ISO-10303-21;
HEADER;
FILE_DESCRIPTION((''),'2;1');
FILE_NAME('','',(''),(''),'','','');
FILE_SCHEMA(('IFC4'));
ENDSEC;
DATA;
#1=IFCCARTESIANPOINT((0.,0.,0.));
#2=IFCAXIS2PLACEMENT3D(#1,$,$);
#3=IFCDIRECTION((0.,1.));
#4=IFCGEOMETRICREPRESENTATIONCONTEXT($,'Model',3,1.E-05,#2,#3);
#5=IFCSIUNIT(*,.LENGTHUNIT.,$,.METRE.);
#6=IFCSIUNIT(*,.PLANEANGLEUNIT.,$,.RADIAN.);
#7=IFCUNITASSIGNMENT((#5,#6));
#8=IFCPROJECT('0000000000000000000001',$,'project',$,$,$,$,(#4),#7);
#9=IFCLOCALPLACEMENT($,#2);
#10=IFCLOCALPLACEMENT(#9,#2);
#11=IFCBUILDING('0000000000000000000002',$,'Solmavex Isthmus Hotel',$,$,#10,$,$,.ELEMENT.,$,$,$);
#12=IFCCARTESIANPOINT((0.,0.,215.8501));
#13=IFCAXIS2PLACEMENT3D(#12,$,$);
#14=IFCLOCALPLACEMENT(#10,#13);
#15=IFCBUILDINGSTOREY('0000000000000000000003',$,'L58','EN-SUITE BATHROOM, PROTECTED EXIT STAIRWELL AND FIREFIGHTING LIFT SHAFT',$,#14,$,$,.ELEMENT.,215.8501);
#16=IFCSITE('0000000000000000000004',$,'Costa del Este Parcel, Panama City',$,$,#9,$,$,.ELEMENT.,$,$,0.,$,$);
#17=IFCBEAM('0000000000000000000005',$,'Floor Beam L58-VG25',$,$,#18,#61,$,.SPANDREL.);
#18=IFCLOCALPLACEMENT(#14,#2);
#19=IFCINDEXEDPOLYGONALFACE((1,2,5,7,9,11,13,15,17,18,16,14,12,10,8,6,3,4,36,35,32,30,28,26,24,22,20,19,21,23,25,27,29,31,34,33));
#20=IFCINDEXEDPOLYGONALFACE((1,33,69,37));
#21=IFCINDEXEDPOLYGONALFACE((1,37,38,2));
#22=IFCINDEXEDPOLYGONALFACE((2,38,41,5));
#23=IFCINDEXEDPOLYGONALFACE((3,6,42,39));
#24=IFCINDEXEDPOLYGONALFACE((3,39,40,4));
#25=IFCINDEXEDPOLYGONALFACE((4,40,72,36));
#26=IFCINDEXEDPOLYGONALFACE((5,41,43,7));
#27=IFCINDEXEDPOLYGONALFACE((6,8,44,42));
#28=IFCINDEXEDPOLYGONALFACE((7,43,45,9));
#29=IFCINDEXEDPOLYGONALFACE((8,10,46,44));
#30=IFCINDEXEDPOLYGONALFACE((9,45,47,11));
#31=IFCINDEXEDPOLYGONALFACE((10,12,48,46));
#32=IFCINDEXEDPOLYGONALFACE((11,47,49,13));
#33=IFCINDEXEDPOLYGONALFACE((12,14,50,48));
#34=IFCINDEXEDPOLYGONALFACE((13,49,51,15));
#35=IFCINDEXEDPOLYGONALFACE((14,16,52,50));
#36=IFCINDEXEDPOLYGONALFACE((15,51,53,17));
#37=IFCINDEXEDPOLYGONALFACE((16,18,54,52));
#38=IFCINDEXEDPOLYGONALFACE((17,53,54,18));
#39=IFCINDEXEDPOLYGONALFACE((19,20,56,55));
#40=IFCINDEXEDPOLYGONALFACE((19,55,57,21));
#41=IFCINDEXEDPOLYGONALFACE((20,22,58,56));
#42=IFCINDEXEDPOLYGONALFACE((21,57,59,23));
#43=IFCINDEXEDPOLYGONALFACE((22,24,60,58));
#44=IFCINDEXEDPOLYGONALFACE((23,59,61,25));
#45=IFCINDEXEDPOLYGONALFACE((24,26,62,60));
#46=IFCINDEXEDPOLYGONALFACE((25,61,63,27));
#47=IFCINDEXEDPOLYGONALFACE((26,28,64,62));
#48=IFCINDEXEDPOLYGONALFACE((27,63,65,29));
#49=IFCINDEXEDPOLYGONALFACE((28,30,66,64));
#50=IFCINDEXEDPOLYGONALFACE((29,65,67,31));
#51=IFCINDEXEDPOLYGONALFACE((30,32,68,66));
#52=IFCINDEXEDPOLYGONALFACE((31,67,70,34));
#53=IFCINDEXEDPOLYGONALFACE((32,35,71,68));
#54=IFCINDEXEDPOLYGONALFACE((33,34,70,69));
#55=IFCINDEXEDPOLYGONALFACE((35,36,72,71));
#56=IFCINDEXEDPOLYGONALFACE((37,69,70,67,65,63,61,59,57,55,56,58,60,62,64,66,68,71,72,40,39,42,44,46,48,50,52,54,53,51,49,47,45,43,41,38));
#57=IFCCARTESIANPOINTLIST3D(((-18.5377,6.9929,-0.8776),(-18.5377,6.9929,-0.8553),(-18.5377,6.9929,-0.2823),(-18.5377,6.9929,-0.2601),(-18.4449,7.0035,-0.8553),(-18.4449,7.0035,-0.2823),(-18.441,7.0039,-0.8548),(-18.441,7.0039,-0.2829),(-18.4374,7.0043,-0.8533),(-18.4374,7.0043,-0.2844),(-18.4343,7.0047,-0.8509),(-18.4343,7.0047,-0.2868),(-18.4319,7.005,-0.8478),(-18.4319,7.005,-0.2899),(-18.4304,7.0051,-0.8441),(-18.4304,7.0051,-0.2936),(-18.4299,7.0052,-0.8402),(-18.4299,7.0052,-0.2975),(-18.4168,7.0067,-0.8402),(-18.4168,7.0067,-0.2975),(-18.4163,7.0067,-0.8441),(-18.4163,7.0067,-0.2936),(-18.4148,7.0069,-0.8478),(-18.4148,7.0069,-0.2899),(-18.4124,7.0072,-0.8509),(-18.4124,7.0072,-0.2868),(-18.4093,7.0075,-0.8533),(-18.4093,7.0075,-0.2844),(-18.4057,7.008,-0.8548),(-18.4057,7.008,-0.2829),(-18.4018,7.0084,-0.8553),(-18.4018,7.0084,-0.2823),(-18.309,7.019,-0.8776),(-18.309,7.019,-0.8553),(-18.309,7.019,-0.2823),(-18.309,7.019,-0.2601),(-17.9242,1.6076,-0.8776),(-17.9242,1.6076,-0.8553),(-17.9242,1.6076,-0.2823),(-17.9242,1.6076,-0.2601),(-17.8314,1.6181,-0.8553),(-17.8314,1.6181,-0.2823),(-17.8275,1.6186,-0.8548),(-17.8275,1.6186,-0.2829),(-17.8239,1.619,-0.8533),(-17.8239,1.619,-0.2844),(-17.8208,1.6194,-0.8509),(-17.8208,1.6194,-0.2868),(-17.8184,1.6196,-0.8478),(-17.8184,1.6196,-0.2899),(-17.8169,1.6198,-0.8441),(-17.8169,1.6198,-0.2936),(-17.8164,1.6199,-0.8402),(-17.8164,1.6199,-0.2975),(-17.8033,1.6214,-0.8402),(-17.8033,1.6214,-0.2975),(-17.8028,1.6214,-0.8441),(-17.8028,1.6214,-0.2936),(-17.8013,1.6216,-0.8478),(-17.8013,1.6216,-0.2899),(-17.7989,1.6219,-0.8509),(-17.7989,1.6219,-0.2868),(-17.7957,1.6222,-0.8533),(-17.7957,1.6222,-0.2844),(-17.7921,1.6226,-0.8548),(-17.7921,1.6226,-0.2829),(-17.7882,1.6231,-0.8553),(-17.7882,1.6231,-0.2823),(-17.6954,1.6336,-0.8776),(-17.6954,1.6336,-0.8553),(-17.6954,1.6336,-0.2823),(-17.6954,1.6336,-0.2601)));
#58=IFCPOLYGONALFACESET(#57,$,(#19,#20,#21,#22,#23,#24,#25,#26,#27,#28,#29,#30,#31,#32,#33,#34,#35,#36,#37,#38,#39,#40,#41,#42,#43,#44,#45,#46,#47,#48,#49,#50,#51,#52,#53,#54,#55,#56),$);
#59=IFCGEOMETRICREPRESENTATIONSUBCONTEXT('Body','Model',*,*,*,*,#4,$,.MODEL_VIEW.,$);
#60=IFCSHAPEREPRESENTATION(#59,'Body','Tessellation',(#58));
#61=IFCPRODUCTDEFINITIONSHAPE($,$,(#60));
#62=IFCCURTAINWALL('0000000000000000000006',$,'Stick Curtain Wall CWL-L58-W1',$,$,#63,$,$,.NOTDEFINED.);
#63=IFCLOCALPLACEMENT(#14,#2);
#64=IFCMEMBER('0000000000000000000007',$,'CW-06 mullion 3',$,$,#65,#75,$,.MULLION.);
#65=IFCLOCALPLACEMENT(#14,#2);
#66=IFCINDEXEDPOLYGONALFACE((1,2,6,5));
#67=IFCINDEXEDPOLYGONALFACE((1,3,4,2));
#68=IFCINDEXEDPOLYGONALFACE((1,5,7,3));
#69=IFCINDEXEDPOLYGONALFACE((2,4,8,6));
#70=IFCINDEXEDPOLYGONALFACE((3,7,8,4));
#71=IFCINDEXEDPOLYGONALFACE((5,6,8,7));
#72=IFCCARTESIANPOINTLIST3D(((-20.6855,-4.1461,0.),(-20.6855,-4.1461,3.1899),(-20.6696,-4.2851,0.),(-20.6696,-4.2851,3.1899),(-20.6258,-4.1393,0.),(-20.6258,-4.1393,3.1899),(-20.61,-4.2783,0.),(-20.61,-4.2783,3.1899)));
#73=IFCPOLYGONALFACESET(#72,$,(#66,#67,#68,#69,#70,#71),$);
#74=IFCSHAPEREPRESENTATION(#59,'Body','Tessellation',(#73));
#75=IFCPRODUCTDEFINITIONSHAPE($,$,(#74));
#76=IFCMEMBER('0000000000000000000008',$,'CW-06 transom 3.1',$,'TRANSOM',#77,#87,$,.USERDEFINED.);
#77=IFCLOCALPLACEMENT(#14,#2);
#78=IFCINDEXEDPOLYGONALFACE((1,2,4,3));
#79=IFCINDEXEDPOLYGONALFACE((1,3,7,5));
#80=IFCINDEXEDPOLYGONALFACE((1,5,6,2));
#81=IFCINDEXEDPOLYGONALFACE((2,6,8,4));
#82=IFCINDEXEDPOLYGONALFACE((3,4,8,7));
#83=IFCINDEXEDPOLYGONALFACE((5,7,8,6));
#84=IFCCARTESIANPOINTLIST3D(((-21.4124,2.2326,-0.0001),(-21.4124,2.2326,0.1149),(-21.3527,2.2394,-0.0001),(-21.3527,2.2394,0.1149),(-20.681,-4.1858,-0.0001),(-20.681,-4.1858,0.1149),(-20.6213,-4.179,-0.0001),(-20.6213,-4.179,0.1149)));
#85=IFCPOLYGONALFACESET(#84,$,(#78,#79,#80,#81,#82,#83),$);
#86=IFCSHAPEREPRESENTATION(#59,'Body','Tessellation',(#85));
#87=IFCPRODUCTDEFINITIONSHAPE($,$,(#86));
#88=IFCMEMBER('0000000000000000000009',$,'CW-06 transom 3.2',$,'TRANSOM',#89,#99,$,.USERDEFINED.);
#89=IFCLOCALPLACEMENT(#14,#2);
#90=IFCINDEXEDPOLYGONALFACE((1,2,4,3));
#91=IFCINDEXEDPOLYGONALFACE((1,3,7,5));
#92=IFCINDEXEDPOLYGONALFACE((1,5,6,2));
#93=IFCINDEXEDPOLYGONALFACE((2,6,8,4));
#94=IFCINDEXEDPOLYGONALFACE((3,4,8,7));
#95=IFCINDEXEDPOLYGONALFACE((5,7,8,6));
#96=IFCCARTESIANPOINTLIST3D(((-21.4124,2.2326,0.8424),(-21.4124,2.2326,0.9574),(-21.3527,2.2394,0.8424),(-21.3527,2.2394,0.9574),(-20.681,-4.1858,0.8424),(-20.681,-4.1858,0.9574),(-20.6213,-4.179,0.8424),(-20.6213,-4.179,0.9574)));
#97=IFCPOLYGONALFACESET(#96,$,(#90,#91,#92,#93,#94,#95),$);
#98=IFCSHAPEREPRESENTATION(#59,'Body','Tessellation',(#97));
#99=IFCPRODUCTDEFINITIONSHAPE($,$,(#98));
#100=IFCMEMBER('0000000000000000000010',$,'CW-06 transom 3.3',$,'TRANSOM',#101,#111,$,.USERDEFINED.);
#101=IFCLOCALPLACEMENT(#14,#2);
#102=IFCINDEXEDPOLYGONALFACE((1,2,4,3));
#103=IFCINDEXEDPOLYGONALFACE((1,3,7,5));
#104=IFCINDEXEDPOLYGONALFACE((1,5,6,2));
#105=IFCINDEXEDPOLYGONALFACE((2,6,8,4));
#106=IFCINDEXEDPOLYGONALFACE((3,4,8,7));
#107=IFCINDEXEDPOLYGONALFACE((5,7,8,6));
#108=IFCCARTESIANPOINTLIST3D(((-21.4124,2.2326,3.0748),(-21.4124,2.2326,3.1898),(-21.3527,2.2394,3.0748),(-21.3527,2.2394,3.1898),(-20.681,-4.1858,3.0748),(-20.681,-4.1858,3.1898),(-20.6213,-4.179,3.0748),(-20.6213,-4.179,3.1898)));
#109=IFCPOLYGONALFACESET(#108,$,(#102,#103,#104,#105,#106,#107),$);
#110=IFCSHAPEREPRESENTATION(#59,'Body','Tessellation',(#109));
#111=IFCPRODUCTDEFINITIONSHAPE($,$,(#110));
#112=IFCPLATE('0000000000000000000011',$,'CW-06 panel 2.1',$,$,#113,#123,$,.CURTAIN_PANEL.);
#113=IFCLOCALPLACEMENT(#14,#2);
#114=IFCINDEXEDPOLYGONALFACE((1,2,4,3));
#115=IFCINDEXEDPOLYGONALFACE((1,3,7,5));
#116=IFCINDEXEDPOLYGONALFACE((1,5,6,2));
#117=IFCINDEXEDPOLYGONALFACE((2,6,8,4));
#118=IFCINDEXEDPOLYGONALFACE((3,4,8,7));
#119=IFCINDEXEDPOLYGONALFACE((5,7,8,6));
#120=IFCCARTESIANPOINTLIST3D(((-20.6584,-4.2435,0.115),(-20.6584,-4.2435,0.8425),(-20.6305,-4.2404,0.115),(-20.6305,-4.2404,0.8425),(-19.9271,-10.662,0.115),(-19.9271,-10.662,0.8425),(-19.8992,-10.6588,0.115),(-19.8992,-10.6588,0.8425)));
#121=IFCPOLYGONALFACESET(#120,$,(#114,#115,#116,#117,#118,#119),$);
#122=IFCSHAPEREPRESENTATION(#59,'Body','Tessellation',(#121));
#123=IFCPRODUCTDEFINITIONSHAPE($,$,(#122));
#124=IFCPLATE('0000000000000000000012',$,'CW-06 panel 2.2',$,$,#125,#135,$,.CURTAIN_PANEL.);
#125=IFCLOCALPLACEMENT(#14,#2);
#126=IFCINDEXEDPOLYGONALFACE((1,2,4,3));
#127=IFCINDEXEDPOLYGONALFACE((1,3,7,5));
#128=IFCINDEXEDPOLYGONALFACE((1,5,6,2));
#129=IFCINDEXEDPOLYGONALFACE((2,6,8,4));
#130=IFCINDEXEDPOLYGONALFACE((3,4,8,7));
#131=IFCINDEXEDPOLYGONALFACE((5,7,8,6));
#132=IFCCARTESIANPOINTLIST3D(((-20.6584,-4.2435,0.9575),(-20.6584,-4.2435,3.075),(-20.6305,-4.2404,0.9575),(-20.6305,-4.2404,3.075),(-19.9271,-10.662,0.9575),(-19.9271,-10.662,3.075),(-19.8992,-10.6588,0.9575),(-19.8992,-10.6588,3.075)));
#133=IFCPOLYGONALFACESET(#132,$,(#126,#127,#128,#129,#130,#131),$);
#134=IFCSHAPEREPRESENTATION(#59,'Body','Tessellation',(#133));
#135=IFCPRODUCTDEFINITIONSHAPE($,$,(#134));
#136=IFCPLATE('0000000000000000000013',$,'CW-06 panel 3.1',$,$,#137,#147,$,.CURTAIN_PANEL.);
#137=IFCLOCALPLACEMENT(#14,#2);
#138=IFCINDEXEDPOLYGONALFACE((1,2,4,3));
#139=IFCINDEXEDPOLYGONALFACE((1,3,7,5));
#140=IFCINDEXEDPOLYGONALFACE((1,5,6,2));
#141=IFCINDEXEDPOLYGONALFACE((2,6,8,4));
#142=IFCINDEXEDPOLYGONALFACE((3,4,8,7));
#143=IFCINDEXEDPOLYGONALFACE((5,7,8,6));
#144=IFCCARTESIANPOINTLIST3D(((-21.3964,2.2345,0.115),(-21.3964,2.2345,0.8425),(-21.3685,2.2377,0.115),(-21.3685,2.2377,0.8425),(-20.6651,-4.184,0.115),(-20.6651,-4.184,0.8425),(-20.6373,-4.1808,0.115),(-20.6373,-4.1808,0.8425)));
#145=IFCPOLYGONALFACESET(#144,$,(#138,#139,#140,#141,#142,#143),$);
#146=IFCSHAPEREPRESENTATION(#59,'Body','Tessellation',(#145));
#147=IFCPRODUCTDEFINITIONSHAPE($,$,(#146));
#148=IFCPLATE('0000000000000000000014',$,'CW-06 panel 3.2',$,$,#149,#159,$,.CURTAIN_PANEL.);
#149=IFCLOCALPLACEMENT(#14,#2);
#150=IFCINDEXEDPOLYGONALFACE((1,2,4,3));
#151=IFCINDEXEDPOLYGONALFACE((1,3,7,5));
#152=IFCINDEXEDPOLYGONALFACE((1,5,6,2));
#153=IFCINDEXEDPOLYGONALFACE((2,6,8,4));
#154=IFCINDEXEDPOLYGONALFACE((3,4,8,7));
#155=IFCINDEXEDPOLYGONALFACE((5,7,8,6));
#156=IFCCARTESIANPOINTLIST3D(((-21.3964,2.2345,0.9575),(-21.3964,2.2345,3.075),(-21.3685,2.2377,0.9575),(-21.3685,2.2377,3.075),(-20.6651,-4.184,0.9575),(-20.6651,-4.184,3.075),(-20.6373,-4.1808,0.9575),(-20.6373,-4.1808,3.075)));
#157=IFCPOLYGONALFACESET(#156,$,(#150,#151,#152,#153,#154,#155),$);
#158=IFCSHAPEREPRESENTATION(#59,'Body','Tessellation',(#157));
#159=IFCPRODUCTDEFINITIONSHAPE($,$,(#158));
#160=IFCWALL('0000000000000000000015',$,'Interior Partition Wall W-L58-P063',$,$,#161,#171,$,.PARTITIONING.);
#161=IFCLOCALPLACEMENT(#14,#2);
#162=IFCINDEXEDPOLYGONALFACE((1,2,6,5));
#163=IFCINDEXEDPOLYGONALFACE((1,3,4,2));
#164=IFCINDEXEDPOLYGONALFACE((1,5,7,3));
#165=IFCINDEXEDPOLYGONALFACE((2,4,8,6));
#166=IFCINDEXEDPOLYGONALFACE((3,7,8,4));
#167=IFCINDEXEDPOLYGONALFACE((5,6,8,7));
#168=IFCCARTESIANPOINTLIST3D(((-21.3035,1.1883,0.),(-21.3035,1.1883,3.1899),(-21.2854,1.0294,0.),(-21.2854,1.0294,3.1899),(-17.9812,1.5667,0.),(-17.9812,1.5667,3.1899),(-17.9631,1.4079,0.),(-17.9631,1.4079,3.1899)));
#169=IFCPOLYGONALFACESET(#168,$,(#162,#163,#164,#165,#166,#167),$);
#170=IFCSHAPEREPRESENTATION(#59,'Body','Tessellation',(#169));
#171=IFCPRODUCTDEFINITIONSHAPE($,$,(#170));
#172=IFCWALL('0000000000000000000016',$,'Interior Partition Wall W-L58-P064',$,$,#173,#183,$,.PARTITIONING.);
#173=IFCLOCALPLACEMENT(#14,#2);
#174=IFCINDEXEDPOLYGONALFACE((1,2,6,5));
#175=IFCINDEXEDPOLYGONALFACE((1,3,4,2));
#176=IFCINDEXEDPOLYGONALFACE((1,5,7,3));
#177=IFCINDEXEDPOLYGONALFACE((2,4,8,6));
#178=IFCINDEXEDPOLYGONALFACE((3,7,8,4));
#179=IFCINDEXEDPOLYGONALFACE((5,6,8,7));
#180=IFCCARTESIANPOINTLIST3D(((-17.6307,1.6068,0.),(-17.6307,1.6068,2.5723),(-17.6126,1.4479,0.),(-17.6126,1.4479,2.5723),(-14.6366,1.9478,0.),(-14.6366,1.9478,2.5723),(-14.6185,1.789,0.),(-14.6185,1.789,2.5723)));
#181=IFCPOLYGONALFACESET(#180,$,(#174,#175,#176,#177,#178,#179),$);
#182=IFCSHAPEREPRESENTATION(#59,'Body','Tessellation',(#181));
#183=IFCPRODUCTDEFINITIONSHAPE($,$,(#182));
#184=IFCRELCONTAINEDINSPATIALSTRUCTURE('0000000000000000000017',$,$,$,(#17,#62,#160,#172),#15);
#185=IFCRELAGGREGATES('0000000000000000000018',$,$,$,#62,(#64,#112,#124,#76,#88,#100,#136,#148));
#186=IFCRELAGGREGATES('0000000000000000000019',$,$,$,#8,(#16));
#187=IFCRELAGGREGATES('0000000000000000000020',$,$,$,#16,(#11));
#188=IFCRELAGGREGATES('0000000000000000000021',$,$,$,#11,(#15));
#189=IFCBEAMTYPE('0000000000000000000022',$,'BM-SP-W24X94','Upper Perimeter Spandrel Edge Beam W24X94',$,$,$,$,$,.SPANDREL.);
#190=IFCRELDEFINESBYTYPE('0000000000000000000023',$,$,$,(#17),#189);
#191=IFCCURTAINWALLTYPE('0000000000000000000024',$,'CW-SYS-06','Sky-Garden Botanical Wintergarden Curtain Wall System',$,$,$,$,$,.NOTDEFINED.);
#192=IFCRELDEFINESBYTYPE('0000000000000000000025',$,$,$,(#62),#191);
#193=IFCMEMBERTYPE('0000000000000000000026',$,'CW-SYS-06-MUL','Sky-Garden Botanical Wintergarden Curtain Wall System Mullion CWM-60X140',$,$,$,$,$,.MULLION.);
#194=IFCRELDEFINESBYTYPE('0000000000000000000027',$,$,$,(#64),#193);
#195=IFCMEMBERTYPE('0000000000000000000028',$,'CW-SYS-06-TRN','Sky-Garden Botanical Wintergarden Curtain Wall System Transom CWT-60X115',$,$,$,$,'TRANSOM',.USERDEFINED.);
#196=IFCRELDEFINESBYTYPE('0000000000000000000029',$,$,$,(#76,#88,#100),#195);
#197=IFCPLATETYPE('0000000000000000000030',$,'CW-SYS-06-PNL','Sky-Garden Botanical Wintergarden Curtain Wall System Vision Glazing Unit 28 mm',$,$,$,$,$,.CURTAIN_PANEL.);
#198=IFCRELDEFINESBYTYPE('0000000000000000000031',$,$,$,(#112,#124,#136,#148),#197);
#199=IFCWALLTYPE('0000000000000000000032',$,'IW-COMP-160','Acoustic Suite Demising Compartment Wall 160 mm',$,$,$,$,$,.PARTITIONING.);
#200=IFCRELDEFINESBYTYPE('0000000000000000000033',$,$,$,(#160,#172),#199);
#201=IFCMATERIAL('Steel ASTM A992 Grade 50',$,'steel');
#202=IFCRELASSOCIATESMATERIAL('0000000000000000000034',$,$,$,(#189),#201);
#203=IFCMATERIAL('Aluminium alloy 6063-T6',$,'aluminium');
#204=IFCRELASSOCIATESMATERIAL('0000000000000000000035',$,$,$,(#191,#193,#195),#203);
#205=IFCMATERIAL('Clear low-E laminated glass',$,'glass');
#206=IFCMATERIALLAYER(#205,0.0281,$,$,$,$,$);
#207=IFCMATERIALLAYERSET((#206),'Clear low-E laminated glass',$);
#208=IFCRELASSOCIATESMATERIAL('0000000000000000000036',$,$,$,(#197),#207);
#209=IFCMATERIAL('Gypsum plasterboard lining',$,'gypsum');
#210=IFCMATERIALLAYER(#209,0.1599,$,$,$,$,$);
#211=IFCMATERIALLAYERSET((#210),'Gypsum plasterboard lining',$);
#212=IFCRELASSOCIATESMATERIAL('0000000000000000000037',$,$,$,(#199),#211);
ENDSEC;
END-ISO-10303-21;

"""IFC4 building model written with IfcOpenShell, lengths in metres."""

from ifc_helpers import new_model, si_unit, direction, frame, frame_2d, origin, origin_2d, place, context, subcontext, project, spatial, rectangle, i_section, extrude, material, layer, layer_set, material_profile, profile_set, type_object, element, aggregate, save


model = new_model("IFC4")

# Units and contexts
model_context = context("Model", 3, precision=1e-05, world=origin(), true_north=direction((0.0, 1.0)))
body_context = subcontext(model_context, "Body", "Model", "MODEL_VIEW")
ifc_project = project(units=[si_unit("LENGTHUNIT", "METRE"), si_unit("PLANEANGLEUNIT", "RADIAN")], contexts=[model_context])

# Site, building, storey
site_placement = place(None, origin())
site = spatial("IfcSite", under=ifc_project, at=site_placement, Name="Costa del Este Parcel, Panama City", CompositionType="ELEMENT", RefElevation=0.0)
building_placement = place(site_placement, origin())
building = spatial("IfcBuilding", under=site, at=building_placement, Name="Solmavex Isthmus Hotel", CompositionType="ELEMENT")
storey_placement = place(building_placement, frame((0.0, 0.0, 215.8501)))
storey = spatial("IfcBuildingStorey", under=building, at=storey_placement, Name="L58", Description="EN-SUITE BATHROOM, PROTECTED EXIT STAIRWELL AND FIREFIGHTING LIFT SHAFT", CompositionType="ELEMENT", Elevation=215.8501)

# Beam
ifc_material_1 = material(Name="Steel ASTM A992 Grade 50", Category="steel")
ifc_material_profile_1 = material_profile(ifc_material_1, i_section(OverallWidth=0.2302, OverallDepth=0.6174, WebThickness=0.0132, FlangeThickness=0.0222, FilletRadius=0.0151, at=origin_2d()), Name="W24X94")
ifc_profile_set_1 = profile_set([ifc_material_profile_1], Name="Steel ASTM A992 Grade 50")
beam_type_1 = type_object("IfcBeamType", Name="BM-SP-W24X94", Description="Upper Perimeter Spandrel Edge Beam W24X94", PredefinedType="SPANDREL", material=ifc_profile_set_1)
beam_1_placement = place(storey_placement, frame((-17.8098, 1.6206, -0.5688), z_axis=(-0.113195, 0.993573, 0.0), x_axis=(-0.993573, -0.113195, 0.0)))
element("IfcBeam", 1, at=beam_1_placement, inside=storey, type_object=beam_type_1, Name="Floor Beam L58-VG25", PredefinedType="SPANDREL", context=body_context, shape_type="SweptSolid", body=[
    extrude(i_section(OverallWidth=0.2302, OverallDepth=0.6174, WebThickness=0.0132, FlangeThickness=0.0222, FilletRadius=0.0151, at=origin_2d()), origin(), (0.0, 0.0, 1.0), 5.4202),
])

# Curtain wall, members, plates
ifc_material_2 = material(Name="Aluminium alloy 6063-T6", Category="aluminium")
curtain_wall_type = type_object("IfcCurtainWallType", Name="CW-SYS-06", Description="Sky-Garden Botanical Wintergarden Curtain Wall System", PredefinedType="NOTDEFINED", material=ifc_material_2)
curtain_wall_placement = place(storey_placement, origin())
curtain_wall = element("IfcCurtainWall", 2, at=curtain_wall_placement, inside=storey, type_object=curtain_wall_type, Name="Stick Curtain Wall CWL-L58-W1", PredefinedType="NOTDEFINED")
ifc_material_profile_2 = material_profile(ifc_material_2, rectangle(XDim=0.0601, YDim=0.1399, at=origin_2d()), Name="CWM-60X140")
ifc_profile_set_2 = profile_set([ifc_material_profile_2], Name="Aluminium alloy 6063-T6")
member_type_1 = type_object("IfcMemberType", Name="CW-SYS-06-MUL", Description="Sky-Garden Botanical Wintergarden Curtain Wall System Mullion CWM-60X140", PredefinedType="MULLION", material=ifc_profile_set_2)
member_1_placement = place(storey_placement, frame((-20.6477, -4.2122, 0.0), z_axis=(0.0, 0.0, 1.0), x_axis=(-0.993572, -0.113203, 0.0)))
member_1 = element("IfcMember", 3, at=member_1_placement, type_object=member_type_1, Name="CW-06 mullion 3", PredefinedType="MULLION", context=body_context, shape_type="SweptSolid", body=[
    extrude(rectangle(XDim=0.0601, YDim=0.1399, at=origin_2d()), origin(), (0.0, 0.0, 1.0), 3.1899),
])
ifc_material_profile_3 = material_profile(ifc_material_2, rectangle(XDim=0.0601, YDim=0.115, at=origin_2d()), Name="CWT-60X115")
ifc_profile_set_3 = profile_set([ifc_material_profile_3], Name="Aluminium alloy 6063-T6")
member_type_2 = type_object("IfcMemberType", Name="CW-SYS-06-TRN", Description="Sky-Garden Botanical Wintergarden Curtain Wall System Transom CWT-60X115", ElementType="TRANSOM", PredefinedType="USERDEFINED", material=ifc_profile_set_3)
member_2_placement = place(storey_placement, frame((-20.6511, -4.1824, 0.0574), z_axis=(-0.113227, 0.993569, 0.0), x_axis=(-0.993569, -0.113227, 0.0)))
member_2 = element("IfcMember", 4, at=member_2_placement, type_object=member_type_2, Name="CW-06 transom 3.1", ObjectType="TRANSOM", PredefinedType="USERDEFINED", context=body_context, shape_type="SweptSolid", body=[
    extrude(rectangle(XDim=0.0601, YDim=0.115, at=origin_2d()), origin(), (0.0, 0.0, 1.0), 6.46),
])
member_3_placement = place(storey_placement, frame((-20.6511, -4.1824, 0.8999), z_axis=(-0.113227, 0.993569, 0.0), x_axis=(-0.993569, -0.113227, 0.0)))
member_3 = element("IfcMember", 5, at=member_3_placement, type_object=member_type_2, Name="CW-06 transom 3.2", ObjectType="TRANSOM", PredefinedType="USERDEFINED", context=body_context, shape_type="SweptSolid", body=[
    extrude(rectangle(XDim=0.0601, YDim=0.115, at=origin_2d()), origin(), (0.0, 0.0, 1.0), 6.46),
])
member_4_placement = place(storey_placement, frame((-20.6511, -4.1824, 3.1323), z_axis=(-0.113227, 0.993569, 0.0), x_axis=(-0.993569, -0.113227, 0.0)))
member_4 = element("IfcMember", 6, at=member_4_placement, type_object=member_type_2, Name="CW-06 transom 3.3", ObjectType="TRANSOM", PredefinedType="USERDEFINED", context=body_context, shape_type="SweptSolid", body=[
    extrude(rectangle(XDim=0.0601, YDim=0.115, at=origin_2d()), origin(), (0.0, 0.0, 1.0), 6.46),
])
ifc_material_3 = material(Name="Clear low-E laminated glass", Category="glass")
ifc_layer_1 = layer(ifc_material_3, 0.0281)
ifc_layer_set_1 = layer_set([ifc_layer_1], Name="Clear low-E laminated glass")
plate_type = type_object("IfcPlateType", Name="CW-SYS-06-PNL", Description="Sky-Garden Botanical Wintergarden Curtain Wall System Vision Glazing Unit 28 mm", PredefinedType="CURTAIN_PANEL", material=ifc_layer_set_1)
plate_1_placement = place(storey_placement, frame((-20.2788, -7.4512, 0.115), z_axis=(0.0, 0.0, 1.0), x_axis=(-0.113203, 0.993572, 0.0)))
plate_1 = element("IfcPlate", 7, at=plate_1_placement, type_object=plate_type, Name="CW-06 panel 2.1", PredefinedType="CURTAIN_PANEL", context=body_context, shape_type="SweptSolid", body=[
    extrude(rectangle(XDim=6.46, YDim=0.0281, at=origin_2d()), origin(), (0.0, 0.0, 1.0), 0.7275),
])
plate_2_placement = place(storey_placement, frame((-20.2788, -7.4512, 0.9575), z_axis=(0.0, 0.0, 1.0), x_axis=(-0.113203, 0.993572, 0.0)))
plate_2 = element("IfcPlate", 8, at=plate_2_placement, type_object=plate_type, Name="CW-06 panel 2.2", PredefinedType="CURTAIN_PANEL", context=body_context, shape_type="SweptSolid", body=[
    extrude(rectangle(XDim=6.46, YDim=0.0281, at=origin_2d()), origin(), (0.0, 0.0, 1.0), 2.1174),
])
plate_3_placement = place(storey_placement, frame((-21.0168, -0.9731, 0.115), z_axis=(0.0, 0.0, 1.0), x_axis=(-0.113203, 0.993572, 0.0)))
plate_3 = element("IfcPlate", 9, at=plate_3_placement, type_object=plate_type, Name="CW-06 panel 3.1", PredefinedType="CURTAIN_PANEL", context=body_context, shape_type="SweptSolid", body=[
    extrude(rectangle(XDim=6.46, YDim=0.0281, at=origin_2d()), origin(), (0.0, 0.0, 1.0), 0.7275),
])
plate_4_placement = place(storey_placement, frame((-21.0168, -0.9731, 0.9575), z_axis=(0.0, 0.0, 1.0), x_axis=(-0.113203, 0.993572, 0.0)))
plate_4 = element("IfcPlate", 10, at=plate_4_placement, type_object=plate_type, Name="CW-06 panel 3.2", PredefinedType="CURTAIN_PANEL", context=body_context, shape_type="SweptSolid", body=[
    extrude(rectangle(XDim=6.46, YDim=0.0281, at=origin_2d()), origin(), (0.0, 0.0, 1.0), 2.1174),
])
aggregate(curtain_wall, [member_1, plate_1, plate_2, member_2, member_3, member_4, plate_3, plate_4])

# Walls
ifc_material_4 = material(Name="Gypsum plasterboard lining", Category="gypsum")
ifc_layer_2 = layer(ifc_material_4, 0.1599)
ifc_layer_set_2 = layer_set([ifc_layer_2], Name="Gypsum plasterboard lining")
wall_type_1 = type_object("IfcWallType", Name="IW-COMP-160", Description="Acoustic Suite Demising Compartment Wall 160 mm", PredefinedType="PARTITIONING", material=ifc_layer_set_2)
wall_1_placement = place(storey_placement, frame((-17.9722, 1.4873, 0.0), z_axis=(0.0, 0.0, 1.0), x_axis=(-0.993575, -0.113172, 0.0)))
element("IfcWall", 11, at=wall_1_placement, inside=storey, type_object=wall_type_1, Name="Interior Partition Wall W-L58-P063", PredefinedType="PARTITIONING", context=body_context, shape_type="SweptSolid", body=[
    extrude(rectangle(XDim=3.3438, YDim=0.1599, at=frame_2d((1.6719, 0.0))), origin(), (0.0, 0.0, 1.0), 3.1899),
])
wall_2_placement = place(storey_placement, frame((-14.6274, 1.8684, 0.0), z_axis=(0.0, 0.0, 1.0), x_axis=(-0.993575, -0.113179, 0.0)))
element("IfcWall", 12, at=wall_2_placement, inside=storey, type_object=wall_type_1, Name="Interior Partition Wall W-L58-P064", PredefinedType="PARTITIONING", context=body_context, shape_type="SweptSolid", body=[
    extrude(rectangle(XDim=3.0134, YDim=0.1599, at=frame_2d((1.5068, 0.0))), origin(), (0.0, 0.0, 1.0), 2.5723),
])

save(model, "model.ifc")
